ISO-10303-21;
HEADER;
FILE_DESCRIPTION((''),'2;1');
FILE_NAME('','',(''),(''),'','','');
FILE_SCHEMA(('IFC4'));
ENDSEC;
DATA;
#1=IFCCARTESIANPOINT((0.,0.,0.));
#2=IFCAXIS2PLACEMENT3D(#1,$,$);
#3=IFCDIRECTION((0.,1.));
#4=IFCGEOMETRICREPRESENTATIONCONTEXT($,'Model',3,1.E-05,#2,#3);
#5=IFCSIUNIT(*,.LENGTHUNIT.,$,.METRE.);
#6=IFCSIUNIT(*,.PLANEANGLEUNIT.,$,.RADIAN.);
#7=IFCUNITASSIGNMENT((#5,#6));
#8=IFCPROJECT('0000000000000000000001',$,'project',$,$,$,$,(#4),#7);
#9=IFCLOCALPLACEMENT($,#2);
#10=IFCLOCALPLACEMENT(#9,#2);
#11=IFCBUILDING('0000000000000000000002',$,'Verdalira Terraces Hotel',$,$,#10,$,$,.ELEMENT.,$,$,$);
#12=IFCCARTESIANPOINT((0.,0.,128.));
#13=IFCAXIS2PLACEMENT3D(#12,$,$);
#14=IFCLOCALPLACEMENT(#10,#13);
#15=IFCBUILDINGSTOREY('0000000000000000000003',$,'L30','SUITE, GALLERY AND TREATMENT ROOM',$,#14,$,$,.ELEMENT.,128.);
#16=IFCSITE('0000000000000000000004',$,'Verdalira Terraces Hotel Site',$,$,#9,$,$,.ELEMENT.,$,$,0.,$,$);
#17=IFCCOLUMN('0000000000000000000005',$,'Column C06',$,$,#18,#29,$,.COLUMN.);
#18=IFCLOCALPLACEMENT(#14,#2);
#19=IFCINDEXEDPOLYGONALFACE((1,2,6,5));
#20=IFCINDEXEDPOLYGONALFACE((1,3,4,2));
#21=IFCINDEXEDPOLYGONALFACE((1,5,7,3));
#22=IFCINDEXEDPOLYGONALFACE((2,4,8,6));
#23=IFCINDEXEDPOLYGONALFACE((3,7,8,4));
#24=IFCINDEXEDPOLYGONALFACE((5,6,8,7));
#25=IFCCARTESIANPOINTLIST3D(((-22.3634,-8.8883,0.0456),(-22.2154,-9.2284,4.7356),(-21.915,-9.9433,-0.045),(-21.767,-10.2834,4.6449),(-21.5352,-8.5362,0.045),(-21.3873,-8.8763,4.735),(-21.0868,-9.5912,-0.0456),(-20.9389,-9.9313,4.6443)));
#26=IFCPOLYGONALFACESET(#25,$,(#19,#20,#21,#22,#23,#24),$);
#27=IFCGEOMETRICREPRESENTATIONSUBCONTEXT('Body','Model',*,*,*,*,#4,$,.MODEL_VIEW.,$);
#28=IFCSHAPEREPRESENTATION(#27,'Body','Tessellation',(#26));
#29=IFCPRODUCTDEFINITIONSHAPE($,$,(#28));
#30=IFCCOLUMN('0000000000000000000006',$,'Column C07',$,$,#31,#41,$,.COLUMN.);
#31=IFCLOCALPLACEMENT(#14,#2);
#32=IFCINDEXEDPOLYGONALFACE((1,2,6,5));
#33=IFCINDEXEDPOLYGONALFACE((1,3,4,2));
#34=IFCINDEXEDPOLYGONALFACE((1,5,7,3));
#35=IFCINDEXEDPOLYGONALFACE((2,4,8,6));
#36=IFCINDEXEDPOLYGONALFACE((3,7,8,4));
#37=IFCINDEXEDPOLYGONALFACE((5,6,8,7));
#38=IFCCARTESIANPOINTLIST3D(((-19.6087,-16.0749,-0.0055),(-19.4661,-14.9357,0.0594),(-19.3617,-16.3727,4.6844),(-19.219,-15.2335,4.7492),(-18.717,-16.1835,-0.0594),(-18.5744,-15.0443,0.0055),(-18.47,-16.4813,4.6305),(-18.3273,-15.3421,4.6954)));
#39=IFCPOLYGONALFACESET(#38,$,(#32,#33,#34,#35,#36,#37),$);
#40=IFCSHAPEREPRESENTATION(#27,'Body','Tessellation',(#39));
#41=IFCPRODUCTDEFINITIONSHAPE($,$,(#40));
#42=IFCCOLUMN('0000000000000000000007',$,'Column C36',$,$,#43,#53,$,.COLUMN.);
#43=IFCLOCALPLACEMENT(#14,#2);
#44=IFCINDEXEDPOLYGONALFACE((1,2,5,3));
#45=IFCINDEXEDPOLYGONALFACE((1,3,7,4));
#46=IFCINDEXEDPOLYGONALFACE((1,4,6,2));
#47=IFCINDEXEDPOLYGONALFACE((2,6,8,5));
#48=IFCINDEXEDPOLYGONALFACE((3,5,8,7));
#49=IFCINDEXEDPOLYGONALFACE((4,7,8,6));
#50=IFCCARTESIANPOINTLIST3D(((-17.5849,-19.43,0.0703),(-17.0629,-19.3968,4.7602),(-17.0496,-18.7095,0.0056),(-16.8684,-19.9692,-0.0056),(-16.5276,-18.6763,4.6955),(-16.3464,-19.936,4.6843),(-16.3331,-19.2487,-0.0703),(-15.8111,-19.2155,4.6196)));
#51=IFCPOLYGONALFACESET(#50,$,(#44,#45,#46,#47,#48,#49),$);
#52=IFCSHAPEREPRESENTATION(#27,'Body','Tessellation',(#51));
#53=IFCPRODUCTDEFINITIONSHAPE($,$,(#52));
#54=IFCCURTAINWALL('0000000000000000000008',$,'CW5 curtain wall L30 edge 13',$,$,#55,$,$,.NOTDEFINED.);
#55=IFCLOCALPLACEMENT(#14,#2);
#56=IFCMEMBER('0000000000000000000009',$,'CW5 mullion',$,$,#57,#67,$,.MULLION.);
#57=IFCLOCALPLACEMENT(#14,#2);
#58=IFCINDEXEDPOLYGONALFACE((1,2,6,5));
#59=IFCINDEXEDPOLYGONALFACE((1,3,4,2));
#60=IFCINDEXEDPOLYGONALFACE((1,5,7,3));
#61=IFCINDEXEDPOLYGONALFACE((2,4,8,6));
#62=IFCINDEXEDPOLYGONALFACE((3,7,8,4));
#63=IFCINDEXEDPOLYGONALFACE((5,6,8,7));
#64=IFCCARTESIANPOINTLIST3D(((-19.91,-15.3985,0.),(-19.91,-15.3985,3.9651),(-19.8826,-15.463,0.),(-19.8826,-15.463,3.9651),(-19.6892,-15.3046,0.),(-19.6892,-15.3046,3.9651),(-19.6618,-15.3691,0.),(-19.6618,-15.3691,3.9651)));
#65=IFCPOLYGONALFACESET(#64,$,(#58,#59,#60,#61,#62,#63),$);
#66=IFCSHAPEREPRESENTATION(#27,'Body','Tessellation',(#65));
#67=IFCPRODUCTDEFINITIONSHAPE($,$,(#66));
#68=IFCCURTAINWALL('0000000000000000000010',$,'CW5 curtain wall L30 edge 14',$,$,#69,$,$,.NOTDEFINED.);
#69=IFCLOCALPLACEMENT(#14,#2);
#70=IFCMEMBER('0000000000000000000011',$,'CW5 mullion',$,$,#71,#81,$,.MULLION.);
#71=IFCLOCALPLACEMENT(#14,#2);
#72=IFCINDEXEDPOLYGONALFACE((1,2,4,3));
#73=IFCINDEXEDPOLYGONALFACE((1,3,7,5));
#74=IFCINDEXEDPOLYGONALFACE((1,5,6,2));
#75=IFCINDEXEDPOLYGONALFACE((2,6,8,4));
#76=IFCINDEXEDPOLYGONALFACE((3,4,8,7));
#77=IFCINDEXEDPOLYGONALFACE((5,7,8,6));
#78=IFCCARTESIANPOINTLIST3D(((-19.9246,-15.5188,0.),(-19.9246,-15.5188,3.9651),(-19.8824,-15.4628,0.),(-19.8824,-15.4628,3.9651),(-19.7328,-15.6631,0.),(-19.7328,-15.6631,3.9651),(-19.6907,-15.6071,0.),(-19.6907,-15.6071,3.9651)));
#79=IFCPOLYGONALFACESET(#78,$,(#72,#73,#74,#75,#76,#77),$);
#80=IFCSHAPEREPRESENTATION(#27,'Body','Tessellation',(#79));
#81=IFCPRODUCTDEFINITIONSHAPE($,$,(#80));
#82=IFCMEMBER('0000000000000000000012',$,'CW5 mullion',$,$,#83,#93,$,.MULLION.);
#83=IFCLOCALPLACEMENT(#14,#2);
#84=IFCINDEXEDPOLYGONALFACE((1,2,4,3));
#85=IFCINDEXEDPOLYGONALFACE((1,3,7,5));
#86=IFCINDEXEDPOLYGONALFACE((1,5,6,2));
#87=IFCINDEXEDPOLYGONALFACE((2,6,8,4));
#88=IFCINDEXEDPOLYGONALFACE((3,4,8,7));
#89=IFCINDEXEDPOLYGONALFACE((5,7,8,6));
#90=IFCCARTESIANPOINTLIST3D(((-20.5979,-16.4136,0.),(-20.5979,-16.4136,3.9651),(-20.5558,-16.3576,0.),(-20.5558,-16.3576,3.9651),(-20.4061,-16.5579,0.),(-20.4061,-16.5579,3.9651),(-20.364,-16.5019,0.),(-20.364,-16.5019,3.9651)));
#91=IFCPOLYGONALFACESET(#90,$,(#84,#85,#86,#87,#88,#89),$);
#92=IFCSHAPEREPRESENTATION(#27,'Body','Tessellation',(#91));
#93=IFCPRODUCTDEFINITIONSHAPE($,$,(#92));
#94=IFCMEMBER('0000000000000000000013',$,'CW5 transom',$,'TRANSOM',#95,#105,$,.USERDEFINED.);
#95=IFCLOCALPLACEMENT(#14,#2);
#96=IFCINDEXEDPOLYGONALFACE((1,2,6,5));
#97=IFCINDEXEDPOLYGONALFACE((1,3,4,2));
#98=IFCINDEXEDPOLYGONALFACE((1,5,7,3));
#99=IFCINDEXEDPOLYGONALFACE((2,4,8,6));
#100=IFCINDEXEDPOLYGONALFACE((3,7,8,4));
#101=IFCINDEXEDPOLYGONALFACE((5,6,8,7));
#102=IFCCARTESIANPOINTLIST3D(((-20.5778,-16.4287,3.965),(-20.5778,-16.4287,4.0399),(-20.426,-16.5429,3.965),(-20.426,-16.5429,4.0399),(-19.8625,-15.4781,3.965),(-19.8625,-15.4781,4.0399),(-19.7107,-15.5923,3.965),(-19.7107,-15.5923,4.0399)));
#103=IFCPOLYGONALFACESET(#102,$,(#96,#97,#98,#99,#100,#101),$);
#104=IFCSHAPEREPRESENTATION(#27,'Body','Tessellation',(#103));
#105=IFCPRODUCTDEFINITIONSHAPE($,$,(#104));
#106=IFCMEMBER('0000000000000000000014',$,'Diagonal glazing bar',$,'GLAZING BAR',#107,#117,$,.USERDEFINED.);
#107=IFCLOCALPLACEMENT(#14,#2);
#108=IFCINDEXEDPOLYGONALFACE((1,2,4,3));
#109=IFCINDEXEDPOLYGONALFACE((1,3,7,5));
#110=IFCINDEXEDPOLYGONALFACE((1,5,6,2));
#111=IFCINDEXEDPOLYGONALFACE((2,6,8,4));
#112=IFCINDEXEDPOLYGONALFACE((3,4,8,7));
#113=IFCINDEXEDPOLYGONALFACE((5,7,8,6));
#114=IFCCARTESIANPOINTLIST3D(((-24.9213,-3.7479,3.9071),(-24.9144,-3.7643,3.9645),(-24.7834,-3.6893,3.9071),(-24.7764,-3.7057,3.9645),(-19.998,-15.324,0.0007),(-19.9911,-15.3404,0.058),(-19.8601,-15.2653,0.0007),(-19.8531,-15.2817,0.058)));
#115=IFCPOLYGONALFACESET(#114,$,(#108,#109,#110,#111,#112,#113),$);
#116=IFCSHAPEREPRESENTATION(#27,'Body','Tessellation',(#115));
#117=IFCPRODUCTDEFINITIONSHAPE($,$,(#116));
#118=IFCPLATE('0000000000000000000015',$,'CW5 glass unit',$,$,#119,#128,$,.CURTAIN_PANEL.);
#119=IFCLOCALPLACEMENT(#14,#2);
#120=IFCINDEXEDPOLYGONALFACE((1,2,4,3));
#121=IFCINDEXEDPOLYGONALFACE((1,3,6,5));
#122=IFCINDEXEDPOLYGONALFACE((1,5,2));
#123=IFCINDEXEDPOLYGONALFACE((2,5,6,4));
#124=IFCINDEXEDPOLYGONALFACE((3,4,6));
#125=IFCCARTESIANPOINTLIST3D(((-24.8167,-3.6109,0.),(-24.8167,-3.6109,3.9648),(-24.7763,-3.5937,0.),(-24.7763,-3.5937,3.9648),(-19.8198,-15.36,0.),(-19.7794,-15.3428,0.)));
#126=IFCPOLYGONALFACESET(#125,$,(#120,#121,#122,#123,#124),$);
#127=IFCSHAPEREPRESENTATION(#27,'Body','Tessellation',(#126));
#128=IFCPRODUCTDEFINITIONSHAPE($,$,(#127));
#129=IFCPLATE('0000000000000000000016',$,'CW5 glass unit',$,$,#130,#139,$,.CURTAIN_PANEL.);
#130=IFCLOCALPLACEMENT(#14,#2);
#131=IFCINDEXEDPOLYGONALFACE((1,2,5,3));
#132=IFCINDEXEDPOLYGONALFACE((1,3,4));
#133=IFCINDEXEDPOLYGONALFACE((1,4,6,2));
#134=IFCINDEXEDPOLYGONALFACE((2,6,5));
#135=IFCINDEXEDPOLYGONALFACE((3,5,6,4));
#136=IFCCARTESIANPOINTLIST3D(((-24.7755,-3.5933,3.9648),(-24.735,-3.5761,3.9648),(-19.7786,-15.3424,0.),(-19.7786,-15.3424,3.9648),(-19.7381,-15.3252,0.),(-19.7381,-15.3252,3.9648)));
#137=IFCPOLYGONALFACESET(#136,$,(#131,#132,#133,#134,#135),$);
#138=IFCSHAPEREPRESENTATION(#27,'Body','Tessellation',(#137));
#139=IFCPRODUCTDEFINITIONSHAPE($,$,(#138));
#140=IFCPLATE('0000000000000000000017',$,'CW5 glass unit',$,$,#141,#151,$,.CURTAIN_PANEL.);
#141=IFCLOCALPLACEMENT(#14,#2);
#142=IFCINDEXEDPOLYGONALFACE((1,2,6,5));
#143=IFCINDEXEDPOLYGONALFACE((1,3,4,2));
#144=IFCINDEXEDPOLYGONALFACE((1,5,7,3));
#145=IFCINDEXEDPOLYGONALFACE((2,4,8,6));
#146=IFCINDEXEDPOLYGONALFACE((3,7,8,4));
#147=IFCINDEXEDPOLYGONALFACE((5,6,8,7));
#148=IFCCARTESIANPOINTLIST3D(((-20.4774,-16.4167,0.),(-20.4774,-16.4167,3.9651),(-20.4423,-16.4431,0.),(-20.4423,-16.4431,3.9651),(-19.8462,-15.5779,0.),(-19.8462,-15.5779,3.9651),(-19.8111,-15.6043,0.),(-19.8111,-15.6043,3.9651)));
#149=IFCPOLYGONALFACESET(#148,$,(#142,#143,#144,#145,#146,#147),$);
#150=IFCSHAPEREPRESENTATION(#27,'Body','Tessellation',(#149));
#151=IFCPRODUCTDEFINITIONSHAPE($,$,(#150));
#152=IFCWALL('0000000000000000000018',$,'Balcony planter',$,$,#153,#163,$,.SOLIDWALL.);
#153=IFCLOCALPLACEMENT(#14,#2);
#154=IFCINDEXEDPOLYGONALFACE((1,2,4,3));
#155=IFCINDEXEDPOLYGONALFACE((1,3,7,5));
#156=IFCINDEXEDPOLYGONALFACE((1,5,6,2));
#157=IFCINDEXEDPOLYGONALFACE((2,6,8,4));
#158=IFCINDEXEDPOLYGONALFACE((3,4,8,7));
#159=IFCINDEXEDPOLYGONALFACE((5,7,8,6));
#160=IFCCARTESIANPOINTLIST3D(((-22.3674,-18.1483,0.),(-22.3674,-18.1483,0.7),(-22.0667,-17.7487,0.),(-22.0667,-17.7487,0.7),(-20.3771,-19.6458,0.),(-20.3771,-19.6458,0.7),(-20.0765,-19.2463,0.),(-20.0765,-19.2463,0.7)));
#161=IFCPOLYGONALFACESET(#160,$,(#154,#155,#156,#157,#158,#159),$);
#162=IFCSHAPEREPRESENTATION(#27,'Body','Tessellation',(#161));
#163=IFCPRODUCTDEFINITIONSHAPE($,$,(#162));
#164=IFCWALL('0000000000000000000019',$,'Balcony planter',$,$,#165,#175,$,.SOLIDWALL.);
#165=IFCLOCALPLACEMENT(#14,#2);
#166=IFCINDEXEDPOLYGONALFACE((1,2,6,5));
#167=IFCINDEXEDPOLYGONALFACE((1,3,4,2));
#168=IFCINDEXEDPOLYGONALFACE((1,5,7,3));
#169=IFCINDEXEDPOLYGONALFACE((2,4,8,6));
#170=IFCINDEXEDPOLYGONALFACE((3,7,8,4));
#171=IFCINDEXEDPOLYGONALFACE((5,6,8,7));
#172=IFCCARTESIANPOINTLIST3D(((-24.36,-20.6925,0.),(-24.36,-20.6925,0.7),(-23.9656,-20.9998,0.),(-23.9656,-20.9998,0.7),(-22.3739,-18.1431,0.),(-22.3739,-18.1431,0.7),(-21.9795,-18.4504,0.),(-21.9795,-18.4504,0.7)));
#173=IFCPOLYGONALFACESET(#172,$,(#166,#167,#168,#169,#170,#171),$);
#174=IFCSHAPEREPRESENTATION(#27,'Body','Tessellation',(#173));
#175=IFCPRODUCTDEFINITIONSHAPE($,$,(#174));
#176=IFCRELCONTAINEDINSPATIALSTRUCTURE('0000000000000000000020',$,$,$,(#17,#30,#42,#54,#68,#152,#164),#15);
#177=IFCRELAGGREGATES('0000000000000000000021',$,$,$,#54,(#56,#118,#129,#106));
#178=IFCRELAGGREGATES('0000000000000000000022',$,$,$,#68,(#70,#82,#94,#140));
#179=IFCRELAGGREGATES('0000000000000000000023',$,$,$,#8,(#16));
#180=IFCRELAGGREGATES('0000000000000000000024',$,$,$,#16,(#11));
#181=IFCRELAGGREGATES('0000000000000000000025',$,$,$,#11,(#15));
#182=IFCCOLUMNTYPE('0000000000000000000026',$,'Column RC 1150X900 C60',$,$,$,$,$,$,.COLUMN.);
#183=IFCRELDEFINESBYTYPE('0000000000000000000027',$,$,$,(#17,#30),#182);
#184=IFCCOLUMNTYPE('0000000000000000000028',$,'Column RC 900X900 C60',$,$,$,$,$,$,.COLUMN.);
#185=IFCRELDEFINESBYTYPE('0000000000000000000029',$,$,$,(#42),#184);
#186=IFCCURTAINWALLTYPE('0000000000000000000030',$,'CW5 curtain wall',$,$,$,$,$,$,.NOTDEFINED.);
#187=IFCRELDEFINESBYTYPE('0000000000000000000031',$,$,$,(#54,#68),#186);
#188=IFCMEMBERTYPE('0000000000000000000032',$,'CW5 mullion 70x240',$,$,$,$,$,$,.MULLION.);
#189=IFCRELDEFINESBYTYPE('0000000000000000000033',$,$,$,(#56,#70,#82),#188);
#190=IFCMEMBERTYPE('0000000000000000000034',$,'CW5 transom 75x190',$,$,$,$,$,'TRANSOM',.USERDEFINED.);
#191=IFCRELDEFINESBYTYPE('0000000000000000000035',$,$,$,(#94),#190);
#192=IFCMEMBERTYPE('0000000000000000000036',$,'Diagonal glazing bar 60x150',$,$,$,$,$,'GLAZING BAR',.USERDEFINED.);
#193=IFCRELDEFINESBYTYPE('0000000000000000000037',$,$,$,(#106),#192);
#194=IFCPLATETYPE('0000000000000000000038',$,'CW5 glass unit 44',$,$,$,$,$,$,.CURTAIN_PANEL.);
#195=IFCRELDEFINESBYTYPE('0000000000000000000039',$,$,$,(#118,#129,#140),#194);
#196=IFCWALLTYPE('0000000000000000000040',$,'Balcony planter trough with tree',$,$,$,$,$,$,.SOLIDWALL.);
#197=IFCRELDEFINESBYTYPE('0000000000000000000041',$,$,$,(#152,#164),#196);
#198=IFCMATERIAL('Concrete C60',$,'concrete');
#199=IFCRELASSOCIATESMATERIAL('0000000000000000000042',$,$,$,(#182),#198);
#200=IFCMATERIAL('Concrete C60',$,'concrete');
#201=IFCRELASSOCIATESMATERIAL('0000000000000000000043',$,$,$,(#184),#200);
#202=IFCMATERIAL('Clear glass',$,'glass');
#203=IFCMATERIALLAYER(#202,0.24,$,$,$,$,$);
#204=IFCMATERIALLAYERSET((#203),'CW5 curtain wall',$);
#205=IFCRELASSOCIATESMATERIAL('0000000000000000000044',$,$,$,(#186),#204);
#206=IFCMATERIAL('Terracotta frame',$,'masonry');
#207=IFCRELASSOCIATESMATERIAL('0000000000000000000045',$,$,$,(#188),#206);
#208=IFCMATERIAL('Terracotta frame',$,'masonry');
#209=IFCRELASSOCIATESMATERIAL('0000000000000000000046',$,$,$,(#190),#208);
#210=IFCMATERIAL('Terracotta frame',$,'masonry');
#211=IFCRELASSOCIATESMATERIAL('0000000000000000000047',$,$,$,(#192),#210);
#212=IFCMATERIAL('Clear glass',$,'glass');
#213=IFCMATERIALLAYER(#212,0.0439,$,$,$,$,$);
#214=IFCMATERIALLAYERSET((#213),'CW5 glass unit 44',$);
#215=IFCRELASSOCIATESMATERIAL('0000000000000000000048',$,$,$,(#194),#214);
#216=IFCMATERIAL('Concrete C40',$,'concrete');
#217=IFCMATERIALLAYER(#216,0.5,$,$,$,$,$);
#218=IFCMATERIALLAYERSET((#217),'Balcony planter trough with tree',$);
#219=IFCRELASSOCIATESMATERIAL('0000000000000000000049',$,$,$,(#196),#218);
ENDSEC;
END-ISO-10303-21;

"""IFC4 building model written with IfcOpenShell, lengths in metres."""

from ifc_helpers import new_model, si_unit, direction, frame, frame_2d, origin, origin_2d, place, context, subcontext, project, spatial, polyline, rectangle, outline, extrude, material, layer, layer_set, material_profile, profile_set, type_object, element, aggregate, save


model = new_model("IFC4")

# Units and contexts
model_context = context("Model", 3, precision=1e-05, world=origin(), true_north=direction((0.0, 1.0)))
body_context = subcontext(model_context, "Body", "Model", "MODEL_VIEW")
ifc_project = project(units=[si_unit("LENGTHUNIT", "METRE"), si_unit("PLANEANGLEUNIT", "RADIAN")], contexts=[model_context])

# Site, building, storey
site_placement = place(None, origin())
site = spatial("IfcSite", under=ifc_project, at=site_placement, Name="Verdalira Terraces Hotel Site", CompositionType="ELEMENT", RefElevation=0.0)
building_placement = place(site_placement, origin())
building = spatial("IfcBuilding", under=site, at=building_placement, Name="Verdalira Terraces Hotel", CompositionType="ELEMENT")
storey_placement = place(building_placement, frame((0.0, 0.0, 128.0)))
storey = spatial("IfcBuildingStorey", under=building, at=storey_placement, Name="L30", Description="SUITE, GALLERY AND TREATMENT ROOM", CompositionType="ELEMENT", Elevation=128.0)

# Columns
ifc_material_1 = material(Name="Concrete C60", Category="concrete")
ifc_material_profile_1 = material_profile(ifc_material_1, rectangle(XDim=1.1499, YDim=0.8999, at=origin_2d()), Name="RC 1150X900")
ifc_profile_set_1 = profile_set([ifc_material_profile_1], Name="Concrete C60")
column_type_1 = type_object("IfcColumnType", Name="Column RC 1150X900 C60", PredefinedType="COLUMN", material=ifc_profile_set_1)
column_1_placement = place(storey_placement, frame((-21.7251, -9.2397, 0.0), z_axis=(0.031448, -0.072289, 0.996888), x_axis=(0.389957, -0.917453, -0.07883)))
element("IfcColumn", 1, at=column_1_placement, inside=storey, type_object=column_type_1, Name="Column C06", PredefinedType="COLUMN", context=body_context, shape_type="SweptSolid", body=[
    extrude(rectangle(XDim=1.1499, YDim=0.8999, at=origin_2d()), origin(), (0.0, 0.0, 1.0), 4.7046),
])
column_2_placement = place(storey_placement, frame((-19.0916, -15.5596, 0.0), z_axis=(0.052502, -0.063293, 0.996613), x_axis=(0.124059, 0.990672, 0.056381)))
element("IfcColumn", 2, at=column_2_placement, inside=storey, type_object=column_type_1, Name="Column C07", PredefinedType="COLUMN", context=body_context, shape_type="SweptSolid", body=[
    extrude(rectangle(XDim=1.1499, YDim=0.8999, at=origin_2d()), origin(), (0.0, 0.0, 1.0), 4.7058),
])
ifc_material_2 = material(Name="Concrete C60", Category="concrete")
ifc_material_profile_2 = material_profile(ifc_material_2, rectangle(XDim=0.8999, YDim=0.8999, at=origin_2d()), Name="RC 900X900")
ifc_profile_set_2 = profile_set([ifc_material_profile_2], Name="Concrete C60")
column_type_2 = type_object("IfcColumnType", Name="Column RC 900X900 C60", PredefinedType="COLUMN", material=ifc_profile_set_2)
column_3_placement = place(storey_placement, frame((-16.959, -19.3394, 0.0), z_axis=(0.11061, 0.007036, 0.993839), x_axis=(-0.594881, -0.800594, 0.071876)))
element("IfcColumn", 3, at=column_3_placement, inside=storey, type_object=column_type_2, Name="Column C36", PredefinedType="COLUMN", context=body_context, shape_type="SweptSolid", body=[
    extrude(rectangle(XDim=0.8999, YDim=0.8999, at=origin_2d()), origin(), (0.0, 0.0, 1.0), 4.719),
])

# Curtain wall, member
ifc_material_3 = material(Name="Clear glass", Category="glass")
ifc_layer_1 = layer(ifc_material_3, 0.24)
ifc_layer_set_1 = layer_set([ifc_layer_1], Name="CW5 curtain wall")
curtain_wall_type = type_object("IfcCurtainWallType", Name="CW5 curtain wall", PredefinedType="NOTDEFINED", material=ifc_layer_set_1)
curtain_wall_1_placement = place(storey_placement, origin())
curtain_wall_1 = element("IfcCurtainWall", 4, at=curtain_wall_1_placement, inside=storey, type_object=curtain_wall_type, Name="CW5 curtain wall L30 edge 13", PredefinedType="NOTDEFINED")
ifc_material_4 = material(Name="Terracotta frame", Category="masonry")
ifc_material_profile_3 = material_profile(ifc_material_4, rectangle(XDim=0.0701, YDim=0.24, at=origin_2d()), Name="MU 70x240")
ifc_profile_set_3 = profile_set([ifc_material_profile_3], Name="Terracotta frame")
member_type_1 = type_object("IfcMemberType", Name="CW5 mullion 70x240", PredefinedType="MULLION", material=ifc_profile_set_3)
member_1_placement = place(storey_placement, frame((-19.7859, -15.3838, 0.0), z_axis=(0.0, 0.0, 1.0), x_axis=(0.391374, -0.920232, 0.0)))
member_1 = element("IfcMember", 5, at=member_1_placement, type_object=member_type_1, Name="CW5 mullion", PredefinedType="MULLION", context=body_context, shape_type="SweptSolid", body=[
    extrude(rectangle(XDim=0.0701, YDim=0.24, at=origin_2d()), origin(), (0.0, 0.0, 1.0), 3.9651),
])

# Curtain wall, members
curtain_wall_2_placement = place(storey_placement, origin())
curtain_wall_2 = element("IfcCurtainWall", 6, at=curtain_wall_2_placement, inside=storey, type_object=curtain_wall_type, Name="CW5 curtain wall L30 edge 14", PredefinedType="NOTDEFINED")
member_2_placement = place(storey_placement, frame((-19.8076, -15.563, 0.0), z_axis=(0.0, 0.0, 1.0), x_axis=(-0.601257, -0.799055, 0.0)))
member_2 = element("IfcMember", 7, at=member_2_placement, type_object=member_type_1, Name="CW5 mullion", PredefinedType="MULLION", context=body_context, shape_type="SweptSolid", body=[
    extrude(rectangle(XDim=0.0701, YDim=0.24, at=origin_2d()), origin(), (0.0, 0.0, 1.0), 3.9651),
])
member_3_placement = place(storey_placement, frame((-20.481, -16.4578, 0.0), z_axis=(0.0, 0.0, 1.0), x_axis=(-0.601257, -0.799055, 0.0)))
member_3 = element("IfcMember", 8, at=member_3_placement, type_object=member_type_1, Name="CW5 mullion", PredefinedType="MULLION", context=body_context, shape_type="SweptSolid", body=[
    extrude(rectangle(XDim=0.0701, YDim=0.24, at=origin_2d()), origin(), (0.0, 0.0, 1.0), 3.9651),
])
ifc_material_5 = material(Name="Terracotta frame", Category="masonry")
ifc_material_profile_4 = material_profile(ifc_material_5, rectangle(XDim=0.1899, YDim=0.075, at=origin_2d()), Name="TR 75x190")
ifc_profile_set_4 = profile_set([ifc_material_profile_4], Name="Terracotta frame")
member_type_2 = type_object("IfcMemberType", Name="CW5 transom 75x190", ElementType="TRANSOM", PredefinedType="USERDEFINED", material=ifc_profile_set_4)
member_4_placement = place(storey_placement, frame((-19.7866, -15.5352, 4.0024), z_axis=(-0.601247, -0.799063, 0.0), x_axis=(0.799063, -0.601247, 0.0)))
member_4 = element("IfcMember", 9, at=member_4_placement, type_object=member_type_2, Name="CW5 transom", ObjectType="TRANSOM", PredefinedType="USERDEFINED", context=body_context, shape_type="SweptSolid", body=[
    extrude(rectangle(XDim=0.1899, YDim=0.075, at=origin_2d()), origin(), (0.0, 0.0, 1.0), 1.1897),
])

# Member
ifc_material_6 = material(Name="Terracotta frame", Category="masonry")
ifc_material_profile_5 = material_profile(ifc_material_6, rectangle(XDim=0.1499, YDim=0.0601, at=origin_2d()), Name="GB 60x150")
ifc_profile_set_5 = profile_set([ifc_material_profile_5], Name="Terracotta frame")
member_type_3 = type_object("IfcMemberType", Name="Diagonal glazing bar 60x150", ElementType="GLAZING BAR", PredefinedType="USERDEFINED", material=ifc_profile_set_5)
member_5_placement = place(storey_placement, frame((-24.8489, -3.7268, 3.9358), z_axis=(0.373767, -0.878831, -0.29657), x_axis=(0.920232, 0.391374, 0.0)))
member_5 = element("IfcMember", 10, at=member_5_placement, type_object=member_type_3, Name="Diagonal glazing bar", ObjectType="GLAZING BAR", PredefinedType="USERDEFINED", context=body_context, shape_type="SweptSolid", body=[
    extrude(rectangle(XDim=0.1499, YDim=0.0601, at=origin_2d()), origin(), (0.0, 0.0, 1.0), 13.1721),
])

# Plates
ifc_material_7 = material(Name="Clear glass", Category="glass")
ifc_layer_2 = layer(ifc_material_7, 0.0439)
ifc_layer_set_2 = layer_set([ifc_layer_2], Name="CW5 glass unit 44")
plate_type = type_object("IfcPlateType", Name="CW5 glass unit 44", PredefinedType="CURTAIN_PANEL", material=ifc_layer_set_2)
plate_1_placement = place(storey_placement, frame((-22.2778, -9.4683, 1.9824), z_axis=(-0.920232, -0.391374, 0.0), x_axis=(0.391374, -0.920232, 0.0)))
plate_1 = element("IfcPlate", 11, at=plate_1_placement, type_object=plate_type, Name="CW5 glass unit", PredefinedType="CURTAIN_PANEL", context=body_context, shape_type="SweptSolid", body=[
    extrude(outline(polyline([(-6.3838, -1.9824), (6.3838, -1.9824), (-6.3838, 1.9824), (-6.3838, -1.9824)])), origin(), (0.0, 0.0, 1.0), 0.0439),
])
plate_2_placement = place(storey_placement, frame((-22.2366, -9.4507, 1.9824), z_axis=(-0.920232, -0.391374, 0.0), x_axis=(0.391374, -0.920232, 0.0)))
plate_2 = element("IfcPlate", 12, at=plate_2_placement, type_object=plate_type, Name="CW5 glass unit", PredefinedType="CURTAIN_PANEL", context=body_context, shape_type="SweptSolid", body=[
    extrude(outline(polyline([(6.3838, -1.9824), (6.3838, 1.9824), (-6.3838, 1.9824), (6.3838, -1.9824)])), origin(), (0.0, 0.0, 1.0), 0.0439),
])
aggregate(curtain_wall_1, [member_1, plate_1, plate_2, member_5])
plate_3_placement = place(storey_placement, frame((-20.1443, -16.0105, 0.0), z_axis=(0.0, 0.0, 1.0), x_axis=(-0.601257, -0.799055, 0.0)))
plate_3 = element("IfcPlate", 13, at=plate_3_placement, type_object=plate_type, Name="CW5 glass unit", PredefinedType="CURTAIN_PANEL", context=body_context, shape_type="SweptSolid", body=[
    extrude(rectangle(XDim=1.0498, YDim=0.0439, at=origin_2d()), origin(), (0.0, 0.0, 1.0), 3.9651),
])
aggregate(curtain_wall_2, [member_2, member_3, member_4, plate_3])

# Walls
ifc_material_8 = material(Name="Concrete C40", Category="concrete")
ifc_layer_3 = layer(ifc_material_8, 0.5)
ifc_layer_set_3 = layer_set([ifc_layer_3], Name="Balcony planter trough with tree")
wall_type_1 = type_object("IfcWallType", Name="Balcony planter trough with tree", PredefinedType="SOLIDWALL", material=ifc_layer_set_3)
wall_1_placement = place(storey_placement, frame((-20.2268, -19.446, 0.0), z_axis=(0.0, 0.0, 1.0), x_axis=(-0.799058, 0.601254, 0.0)))
element("IfcWall", 14, at=wall_1_placement, inside=storey, type_object=wall_type_1, Name="Balcony planter", PredefinedType="SOLIDWALL", context=body_context, shape_type="SweptSolid", body=[
    extrude(rectangle(XDim=2.4907, YDim=0.5, at=frame_2d((1.2454, 0.0))), origin(), (0.0, 0.0, 1.0), 0.7),
])
wall_2_placement = place(storey_placement, frame((-22.1768, -18.2969, 0.0), z_axis=(0.0, 0.0, 1.0), x_axis=(-0.614573, -0.78886, 0.0)))
element("IfcWall", 15, at=wall_2_placement, inside=storey, type_object=wall_type_1, Name="Balcony planter", PredefinedType="SOLIDWALL", context=body_context, shape_type="SweptSolid", body=[
    extrude(rectangle(XDim=3.2317, YDim=0.5, at=frame_2d((1.6157, 0.0))), origin(), (0.0, 0.0, 1.0), 0.7),
])

save(model, "model.ifc")
